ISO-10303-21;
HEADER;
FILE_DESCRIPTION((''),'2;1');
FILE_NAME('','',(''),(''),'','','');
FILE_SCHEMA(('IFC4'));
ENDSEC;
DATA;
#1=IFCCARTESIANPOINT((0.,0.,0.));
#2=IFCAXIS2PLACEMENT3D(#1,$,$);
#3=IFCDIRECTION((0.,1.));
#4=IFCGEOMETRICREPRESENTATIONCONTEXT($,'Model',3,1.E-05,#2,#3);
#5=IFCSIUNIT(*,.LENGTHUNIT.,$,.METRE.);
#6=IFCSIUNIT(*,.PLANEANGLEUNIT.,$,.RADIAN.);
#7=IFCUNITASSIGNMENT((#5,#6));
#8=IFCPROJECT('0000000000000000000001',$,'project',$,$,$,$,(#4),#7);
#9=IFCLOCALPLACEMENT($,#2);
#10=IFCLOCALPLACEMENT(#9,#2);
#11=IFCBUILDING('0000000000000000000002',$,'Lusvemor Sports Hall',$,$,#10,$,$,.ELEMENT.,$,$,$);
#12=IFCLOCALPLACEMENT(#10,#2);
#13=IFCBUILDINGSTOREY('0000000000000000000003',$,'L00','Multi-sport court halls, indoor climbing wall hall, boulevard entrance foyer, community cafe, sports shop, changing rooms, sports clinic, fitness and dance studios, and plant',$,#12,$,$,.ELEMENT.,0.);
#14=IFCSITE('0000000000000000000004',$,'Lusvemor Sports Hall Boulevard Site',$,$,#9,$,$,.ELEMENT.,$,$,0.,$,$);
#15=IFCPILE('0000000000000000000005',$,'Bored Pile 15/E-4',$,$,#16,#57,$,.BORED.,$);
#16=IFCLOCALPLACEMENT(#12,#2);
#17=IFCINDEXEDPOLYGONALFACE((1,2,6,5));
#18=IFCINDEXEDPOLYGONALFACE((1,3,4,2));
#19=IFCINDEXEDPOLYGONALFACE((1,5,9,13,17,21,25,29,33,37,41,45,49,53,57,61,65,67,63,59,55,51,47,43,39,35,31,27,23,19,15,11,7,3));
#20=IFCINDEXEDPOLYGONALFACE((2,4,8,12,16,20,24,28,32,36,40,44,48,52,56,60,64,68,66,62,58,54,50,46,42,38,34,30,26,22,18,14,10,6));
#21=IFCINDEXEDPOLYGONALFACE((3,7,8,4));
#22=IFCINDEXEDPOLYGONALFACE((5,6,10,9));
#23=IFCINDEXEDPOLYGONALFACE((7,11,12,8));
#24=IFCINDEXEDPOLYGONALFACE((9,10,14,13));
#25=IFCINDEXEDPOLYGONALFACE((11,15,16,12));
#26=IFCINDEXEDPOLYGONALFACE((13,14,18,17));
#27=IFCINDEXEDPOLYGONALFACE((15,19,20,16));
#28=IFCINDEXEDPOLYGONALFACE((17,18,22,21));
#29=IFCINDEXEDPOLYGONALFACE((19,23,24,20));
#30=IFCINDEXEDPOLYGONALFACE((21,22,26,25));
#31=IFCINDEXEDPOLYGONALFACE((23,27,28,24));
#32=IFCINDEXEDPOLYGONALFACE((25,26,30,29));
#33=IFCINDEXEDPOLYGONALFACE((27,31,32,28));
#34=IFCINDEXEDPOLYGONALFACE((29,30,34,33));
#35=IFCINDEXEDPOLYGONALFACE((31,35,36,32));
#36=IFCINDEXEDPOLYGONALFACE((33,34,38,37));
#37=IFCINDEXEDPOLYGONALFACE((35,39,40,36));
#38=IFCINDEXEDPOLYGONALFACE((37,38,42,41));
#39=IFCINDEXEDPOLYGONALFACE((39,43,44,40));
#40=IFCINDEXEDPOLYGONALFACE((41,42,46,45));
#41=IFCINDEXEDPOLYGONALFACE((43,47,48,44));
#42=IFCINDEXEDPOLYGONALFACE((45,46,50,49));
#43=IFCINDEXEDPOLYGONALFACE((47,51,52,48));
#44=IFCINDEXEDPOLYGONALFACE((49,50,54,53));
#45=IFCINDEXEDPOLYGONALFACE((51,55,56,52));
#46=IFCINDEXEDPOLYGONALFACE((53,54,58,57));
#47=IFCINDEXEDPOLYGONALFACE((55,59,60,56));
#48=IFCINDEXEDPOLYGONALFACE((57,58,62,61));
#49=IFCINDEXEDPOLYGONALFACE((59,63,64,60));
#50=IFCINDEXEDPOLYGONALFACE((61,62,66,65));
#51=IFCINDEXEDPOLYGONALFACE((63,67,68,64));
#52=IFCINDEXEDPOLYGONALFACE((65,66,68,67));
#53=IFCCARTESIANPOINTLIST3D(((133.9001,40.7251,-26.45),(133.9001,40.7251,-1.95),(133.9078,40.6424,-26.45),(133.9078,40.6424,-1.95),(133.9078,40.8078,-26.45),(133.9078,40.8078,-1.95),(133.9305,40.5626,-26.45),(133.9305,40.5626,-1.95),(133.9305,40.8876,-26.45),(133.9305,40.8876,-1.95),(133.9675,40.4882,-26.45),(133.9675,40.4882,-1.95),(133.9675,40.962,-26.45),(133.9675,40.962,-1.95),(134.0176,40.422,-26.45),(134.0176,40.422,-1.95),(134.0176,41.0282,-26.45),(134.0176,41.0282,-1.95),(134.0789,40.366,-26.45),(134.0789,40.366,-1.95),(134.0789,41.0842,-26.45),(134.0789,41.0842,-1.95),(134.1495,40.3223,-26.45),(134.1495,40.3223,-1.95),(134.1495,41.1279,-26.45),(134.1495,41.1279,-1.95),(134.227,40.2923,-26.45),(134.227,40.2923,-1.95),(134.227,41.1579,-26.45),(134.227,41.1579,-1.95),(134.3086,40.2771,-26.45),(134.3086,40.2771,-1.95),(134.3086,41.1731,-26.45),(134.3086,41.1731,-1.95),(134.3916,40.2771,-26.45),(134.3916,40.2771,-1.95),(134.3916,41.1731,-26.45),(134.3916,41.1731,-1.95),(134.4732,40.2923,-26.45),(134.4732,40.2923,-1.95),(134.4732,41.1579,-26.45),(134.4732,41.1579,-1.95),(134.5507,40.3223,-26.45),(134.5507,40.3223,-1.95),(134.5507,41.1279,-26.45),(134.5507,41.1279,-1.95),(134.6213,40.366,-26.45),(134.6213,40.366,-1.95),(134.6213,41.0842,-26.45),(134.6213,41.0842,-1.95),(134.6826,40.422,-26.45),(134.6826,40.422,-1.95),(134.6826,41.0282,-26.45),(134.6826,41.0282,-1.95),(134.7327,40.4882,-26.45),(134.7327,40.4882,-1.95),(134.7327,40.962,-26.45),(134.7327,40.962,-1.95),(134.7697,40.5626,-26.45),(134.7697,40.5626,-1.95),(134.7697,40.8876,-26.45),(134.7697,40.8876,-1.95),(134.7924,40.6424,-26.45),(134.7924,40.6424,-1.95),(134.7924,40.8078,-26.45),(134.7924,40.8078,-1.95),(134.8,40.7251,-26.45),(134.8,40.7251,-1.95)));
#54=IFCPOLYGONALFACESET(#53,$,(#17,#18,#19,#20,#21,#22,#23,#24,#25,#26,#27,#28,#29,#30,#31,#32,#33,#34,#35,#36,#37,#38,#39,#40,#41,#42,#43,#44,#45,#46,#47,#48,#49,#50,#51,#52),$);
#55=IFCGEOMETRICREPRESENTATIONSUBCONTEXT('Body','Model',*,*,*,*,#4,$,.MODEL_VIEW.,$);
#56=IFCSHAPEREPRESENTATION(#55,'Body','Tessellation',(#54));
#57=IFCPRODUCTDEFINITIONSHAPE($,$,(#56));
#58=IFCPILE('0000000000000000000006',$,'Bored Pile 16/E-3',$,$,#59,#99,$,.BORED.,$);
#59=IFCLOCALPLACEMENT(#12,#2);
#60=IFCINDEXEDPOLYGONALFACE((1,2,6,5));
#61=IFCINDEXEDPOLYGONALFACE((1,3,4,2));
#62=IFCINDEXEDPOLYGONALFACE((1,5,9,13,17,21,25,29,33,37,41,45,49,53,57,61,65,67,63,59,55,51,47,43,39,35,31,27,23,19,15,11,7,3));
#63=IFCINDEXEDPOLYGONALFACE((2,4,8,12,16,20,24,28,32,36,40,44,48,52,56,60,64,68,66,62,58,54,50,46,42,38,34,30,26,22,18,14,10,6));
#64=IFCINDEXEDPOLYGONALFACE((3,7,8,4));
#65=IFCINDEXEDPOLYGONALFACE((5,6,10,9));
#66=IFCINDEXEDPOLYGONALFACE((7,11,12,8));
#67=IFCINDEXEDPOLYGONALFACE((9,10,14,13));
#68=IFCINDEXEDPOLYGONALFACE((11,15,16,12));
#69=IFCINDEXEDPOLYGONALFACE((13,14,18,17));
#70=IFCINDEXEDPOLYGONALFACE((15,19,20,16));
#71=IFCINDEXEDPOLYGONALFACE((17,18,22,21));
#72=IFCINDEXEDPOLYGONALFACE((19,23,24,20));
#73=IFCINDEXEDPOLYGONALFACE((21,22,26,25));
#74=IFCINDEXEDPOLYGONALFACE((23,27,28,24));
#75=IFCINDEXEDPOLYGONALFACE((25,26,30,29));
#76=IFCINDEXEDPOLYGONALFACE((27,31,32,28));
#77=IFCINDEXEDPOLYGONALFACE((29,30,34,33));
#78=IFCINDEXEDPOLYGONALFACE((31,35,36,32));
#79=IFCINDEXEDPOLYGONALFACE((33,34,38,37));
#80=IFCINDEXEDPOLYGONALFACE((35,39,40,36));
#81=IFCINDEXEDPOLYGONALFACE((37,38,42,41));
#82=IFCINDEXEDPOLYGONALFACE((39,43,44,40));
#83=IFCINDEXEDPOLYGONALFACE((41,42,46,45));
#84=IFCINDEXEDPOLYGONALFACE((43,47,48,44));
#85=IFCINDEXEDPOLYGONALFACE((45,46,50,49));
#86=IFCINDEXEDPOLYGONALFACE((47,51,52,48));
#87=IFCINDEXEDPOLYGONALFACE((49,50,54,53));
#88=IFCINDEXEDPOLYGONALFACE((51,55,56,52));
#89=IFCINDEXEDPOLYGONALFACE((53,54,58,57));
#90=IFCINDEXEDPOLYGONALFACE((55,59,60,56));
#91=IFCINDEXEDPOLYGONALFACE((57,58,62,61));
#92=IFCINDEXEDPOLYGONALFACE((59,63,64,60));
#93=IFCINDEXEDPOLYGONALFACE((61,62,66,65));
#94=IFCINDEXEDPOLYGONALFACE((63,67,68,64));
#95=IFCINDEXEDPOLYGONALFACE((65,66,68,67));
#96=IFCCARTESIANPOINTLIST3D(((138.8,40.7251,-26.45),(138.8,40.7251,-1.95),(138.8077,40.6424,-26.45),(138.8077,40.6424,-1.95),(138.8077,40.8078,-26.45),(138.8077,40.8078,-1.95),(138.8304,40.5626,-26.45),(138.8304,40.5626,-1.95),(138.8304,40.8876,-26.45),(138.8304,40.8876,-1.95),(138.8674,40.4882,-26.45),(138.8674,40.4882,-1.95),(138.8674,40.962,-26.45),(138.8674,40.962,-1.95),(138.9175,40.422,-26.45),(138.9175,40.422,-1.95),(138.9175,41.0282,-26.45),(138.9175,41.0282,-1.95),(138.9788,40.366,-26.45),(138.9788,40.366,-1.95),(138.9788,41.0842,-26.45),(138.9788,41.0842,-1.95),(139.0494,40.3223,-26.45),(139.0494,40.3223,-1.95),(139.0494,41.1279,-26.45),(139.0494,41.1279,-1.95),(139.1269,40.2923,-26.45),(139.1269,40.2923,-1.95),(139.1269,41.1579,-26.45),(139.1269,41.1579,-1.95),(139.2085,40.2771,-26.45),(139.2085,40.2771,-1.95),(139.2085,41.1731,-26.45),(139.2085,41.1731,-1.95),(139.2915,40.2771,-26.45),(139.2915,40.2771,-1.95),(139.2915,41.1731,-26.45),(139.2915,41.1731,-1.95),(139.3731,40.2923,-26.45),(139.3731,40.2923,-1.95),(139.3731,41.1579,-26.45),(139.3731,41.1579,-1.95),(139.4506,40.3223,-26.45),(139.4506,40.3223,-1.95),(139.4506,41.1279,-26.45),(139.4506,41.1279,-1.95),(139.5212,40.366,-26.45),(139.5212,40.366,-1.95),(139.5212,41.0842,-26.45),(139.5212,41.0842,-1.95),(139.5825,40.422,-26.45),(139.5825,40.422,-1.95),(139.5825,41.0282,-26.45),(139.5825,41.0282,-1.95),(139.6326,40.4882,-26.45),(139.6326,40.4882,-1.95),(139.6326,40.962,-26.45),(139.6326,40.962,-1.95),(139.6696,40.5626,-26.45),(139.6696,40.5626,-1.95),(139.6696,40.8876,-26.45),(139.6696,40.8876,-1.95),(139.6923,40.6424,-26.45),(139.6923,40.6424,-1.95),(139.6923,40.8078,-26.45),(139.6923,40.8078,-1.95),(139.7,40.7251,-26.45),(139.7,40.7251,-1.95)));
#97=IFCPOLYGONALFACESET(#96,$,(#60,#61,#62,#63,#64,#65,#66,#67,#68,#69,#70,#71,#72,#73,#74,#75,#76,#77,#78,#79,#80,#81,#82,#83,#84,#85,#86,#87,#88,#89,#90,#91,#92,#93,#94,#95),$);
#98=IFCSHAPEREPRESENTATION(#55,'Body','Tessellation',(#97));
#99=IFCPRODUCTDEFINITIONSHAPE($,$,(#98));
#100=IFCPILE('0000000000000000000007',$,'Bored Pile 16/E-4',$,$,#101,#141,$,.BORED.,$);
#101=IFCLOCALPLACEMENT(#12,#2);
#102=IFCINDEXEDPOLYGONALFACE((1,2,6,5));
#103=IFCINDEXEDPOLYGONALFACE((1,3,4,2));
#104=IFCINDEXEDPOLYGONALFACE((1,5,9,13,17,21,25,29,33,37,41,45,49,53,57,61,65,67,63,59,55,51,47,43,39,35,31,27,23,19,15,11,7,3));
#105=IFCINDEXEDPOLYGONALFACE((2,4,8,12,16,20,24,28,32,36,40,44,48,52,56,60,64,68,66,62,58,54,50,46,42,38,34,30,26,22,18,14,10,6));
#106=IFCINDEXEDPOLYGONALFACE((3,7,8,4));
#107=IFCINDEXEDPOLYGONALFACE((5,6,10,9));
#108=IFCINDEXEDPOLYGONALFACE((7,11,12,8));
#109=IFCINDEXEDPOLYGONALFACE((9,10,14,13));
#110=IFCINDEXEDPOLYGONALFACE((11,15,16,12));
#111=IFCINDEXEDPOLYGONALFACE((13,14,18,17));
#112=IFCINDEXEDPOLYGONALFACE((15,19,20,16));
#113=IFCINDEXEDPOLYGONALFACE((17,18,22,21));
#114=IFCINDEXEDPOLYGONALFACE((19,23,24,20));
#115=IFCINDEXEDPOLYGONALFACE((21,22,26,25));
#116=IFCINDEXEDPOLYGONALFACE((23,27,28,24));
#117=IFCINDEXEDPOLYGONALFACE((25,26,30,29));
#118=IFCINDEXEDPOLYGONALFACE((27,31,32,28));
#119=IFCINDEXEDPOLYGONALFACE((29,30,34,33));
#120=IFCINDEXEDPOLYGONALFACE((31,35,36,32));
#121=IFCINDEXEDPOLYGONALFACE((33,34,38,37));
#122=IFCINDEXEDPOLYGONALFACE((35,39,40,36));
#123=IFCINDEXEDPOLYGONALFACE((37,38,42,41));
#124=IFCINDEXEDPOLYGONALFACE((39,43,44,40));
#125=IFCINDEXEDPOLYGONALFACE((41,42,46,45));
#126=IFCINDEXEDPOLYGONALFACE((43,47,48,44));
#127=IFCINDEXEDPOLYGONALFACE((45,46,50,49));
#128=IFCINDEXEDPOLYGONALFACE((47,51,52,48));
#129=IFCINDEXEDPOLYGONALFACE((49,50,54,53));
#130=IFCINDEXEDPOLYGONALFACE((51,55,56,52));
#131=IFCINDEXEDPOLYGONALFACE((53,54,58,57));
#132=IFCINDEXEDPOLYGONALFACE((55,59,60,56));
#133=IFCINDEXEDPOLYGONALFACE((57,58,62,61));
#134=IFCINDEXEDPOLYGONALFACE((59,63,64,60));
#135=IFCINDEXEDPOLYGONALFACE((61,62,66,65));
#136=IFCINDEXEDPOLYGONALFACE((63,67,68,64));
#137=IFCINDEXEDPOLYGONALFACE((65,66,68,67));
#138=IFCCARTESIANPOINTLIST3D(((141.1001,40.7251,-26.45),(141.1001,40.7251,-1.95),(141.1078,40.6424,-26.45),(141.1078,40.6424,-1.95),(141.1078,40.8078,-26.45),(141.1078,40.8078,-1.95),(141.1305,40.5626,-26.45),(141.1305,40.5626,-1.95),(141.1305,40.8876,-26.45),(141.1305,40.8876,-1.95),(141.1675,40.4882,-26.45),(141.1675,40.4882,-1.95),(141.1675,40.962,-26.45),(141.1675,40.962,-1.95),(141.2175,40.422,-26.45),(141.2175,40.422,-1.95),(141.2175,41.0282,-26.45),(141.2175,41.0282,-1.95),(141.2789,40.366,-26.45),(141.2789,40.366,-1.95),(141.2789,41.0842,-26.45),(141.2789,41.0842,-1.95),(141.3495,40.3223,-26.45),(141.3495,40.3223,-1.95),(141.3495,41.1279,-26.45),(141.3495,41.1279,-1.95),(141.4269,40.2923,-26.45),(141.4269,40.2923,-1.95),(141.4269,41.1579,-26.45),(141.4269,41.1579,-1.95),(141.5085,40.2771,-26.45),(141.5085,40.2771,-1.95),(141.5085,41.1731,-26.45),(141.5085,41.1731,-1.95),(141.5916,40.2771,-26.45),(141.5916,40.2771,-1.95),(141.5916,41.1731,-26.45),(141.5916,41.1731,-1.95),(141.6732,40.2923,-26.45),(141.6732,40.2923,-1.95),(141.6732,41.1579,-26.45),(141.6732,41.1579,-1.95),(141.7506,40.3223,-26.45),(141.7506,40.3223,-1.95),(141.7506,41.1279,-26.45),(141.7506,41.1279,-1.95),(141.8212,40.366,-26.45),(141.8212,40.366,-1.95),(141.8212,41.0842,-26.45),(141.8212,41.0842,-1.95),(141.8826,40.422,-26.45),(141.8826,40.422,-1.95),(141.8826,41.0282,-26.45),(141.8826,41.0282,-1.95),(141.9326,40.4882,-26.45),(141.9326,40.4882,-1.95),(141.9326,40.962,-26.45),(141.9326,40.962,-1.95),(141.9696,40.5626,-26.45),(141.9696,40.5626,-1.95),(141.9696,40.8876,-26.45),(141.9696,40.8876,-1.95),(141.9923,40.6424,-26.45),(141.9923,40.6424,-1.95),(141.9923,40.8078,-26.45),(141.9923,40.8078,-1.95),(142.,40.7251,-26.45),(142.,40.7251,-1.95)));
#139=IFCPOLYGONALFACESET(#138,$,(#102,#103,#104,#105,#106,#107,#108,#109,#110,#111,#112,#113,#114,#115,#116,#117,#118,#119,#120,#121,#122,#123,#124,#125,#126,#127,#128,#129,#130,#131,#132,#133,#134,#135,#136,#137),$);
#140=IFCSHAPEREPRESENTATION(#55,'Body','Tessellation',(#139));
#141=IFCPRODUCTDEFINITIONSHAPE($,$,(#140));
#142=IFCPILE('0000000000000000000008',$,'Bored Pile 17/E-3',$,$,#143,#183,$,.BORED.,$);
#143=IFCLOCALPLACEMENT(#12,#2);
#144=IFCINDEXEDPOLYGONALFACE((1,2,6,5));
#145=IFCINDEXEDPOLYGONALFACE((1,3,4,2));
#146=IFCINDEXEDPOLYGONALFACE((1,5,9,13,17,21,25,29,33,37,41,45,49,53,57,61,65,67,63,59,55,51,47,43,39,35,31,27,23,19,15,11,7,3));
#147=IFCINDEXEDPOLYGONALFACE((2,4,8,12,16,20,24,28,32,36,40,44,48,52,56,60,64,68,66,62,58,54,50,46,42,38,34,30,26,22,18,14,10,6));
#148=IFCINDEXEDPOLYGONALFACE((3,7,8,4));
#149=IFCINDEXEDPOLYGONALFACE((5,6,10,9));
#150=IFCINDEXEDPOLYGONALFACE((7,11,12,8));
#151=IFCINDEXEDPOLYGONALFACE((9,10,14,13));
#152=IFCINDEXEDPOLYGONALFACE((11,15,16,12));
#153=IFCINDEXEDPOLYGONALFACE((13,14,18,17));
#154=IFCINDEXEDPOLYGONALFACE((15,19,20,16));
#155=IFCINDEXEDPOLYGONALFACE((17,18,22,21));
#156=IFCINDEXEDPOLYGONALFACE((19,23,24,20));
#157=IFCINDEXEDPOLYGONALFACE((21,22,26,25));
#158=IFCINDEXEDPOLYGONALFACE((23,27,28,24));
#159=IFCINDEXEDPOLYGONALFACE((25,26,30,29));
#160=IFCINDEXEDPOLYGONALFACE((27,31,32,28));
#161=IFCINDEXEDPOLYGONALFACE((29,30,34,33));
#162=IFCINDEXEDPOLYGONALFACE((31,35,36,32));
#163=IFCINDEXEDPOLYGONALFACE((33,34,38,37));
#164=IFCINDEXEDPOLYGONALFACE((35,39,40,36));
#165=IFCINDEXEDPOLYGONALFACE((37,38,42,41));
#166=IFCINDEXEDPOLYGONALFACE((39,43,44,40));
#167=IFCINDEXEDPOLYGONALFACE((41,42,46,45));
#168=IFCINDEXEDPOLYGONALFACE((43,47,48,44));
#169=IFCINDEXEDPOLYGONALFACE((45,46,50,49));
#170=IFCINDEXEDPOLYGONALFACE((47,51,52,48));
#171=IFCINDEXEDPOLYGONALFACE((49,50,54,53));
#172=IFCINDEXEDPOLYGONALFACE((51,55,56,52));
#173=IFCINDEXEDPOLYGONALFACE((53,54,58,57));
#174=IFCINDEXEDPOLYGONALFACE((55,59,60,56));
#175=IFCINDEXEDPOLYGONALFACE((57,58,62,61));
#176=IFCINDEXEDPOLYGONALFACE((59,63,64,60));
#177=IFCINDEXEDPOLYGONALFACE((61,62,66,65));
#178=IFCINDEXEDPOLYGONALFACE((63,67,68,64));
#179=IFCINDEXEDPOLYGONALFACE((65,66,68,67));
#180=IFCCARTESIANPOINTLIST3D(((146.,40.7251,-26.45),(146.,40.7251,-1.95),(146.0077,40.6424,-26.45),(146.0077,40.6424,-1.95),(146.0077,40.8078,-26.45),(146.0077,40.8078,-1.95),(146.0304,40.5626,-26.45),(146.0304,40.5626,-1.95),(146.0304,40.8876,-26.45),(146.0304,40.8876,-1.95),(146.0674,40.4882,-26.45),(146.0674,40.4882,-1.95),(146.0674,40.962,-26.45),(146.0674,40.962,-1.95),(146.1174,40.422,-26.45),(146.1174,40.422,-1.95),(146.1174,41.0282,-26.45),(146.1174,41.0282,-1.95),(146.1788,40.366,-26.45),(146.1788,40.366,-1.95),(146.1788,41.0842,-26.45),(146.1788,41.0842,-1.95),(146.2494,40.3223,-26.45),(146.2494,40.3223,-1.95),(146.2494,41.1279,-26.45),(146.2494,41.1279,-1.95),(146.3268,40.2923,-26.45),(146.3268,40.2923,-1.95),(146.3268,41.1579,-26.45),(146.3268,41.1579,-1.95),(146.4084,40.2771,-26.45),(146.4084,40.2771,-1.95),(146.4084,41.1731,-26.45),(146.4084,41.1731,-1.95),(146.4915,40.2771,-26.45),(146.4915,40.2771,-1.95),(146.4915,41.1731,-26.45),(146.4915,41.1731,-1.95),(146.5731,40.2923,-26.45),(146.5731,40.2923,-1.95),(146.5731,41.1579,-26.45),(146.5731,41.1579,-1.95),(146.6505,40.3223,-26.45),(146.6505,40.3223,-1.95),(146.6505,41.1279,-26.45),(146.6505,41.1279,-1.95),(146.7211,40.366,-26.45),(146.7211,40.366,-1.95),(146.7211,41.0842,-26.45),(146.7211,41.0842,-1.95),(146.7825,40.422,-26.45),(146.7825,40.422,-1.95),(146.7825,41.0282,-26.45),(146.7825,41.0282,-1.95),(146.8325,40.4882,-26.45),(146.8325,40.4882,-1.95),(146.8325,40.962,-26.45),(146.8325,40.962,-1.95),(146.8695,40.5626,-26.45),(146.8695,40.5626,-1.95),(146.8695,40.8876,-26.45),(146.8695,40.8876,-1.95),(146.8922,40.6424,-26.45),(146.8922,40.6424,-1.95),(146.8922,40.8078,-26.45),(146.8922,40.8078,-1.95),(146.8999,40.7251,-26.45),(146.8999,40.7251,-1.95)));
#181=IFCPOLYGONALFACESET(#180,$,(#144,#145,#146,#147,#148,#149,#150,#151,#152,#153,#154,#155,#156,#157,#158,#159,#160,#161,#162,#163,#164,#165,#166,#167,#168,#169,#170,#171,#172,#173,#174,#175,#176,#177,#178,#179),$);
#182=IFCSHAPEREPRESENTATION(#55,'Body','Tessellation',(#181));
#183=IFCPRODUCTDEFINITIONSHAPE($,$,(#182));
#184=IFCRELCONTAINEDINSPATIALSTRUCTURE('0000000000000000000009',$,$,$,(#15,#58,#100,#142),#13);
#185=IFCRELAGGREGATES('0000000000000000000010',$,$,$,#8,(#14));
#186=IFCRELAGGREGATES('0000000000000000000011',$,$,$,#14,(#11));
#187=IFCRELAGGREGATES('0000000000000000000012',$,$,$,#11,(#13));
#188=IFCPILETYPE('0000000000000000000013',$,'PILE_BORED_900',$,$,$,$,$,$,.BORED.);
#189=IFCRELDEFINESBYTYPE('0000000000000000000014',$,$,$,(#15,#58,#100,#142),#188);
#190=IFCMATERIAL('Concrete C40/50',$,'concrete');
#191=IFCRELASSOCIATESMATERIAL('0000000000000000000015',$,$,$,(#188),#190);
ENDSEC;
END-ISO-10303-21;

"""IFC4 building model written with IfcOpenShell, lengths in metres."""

from ifc_helpers import new_model, si_unit, direction, frame, origin, origin_2d, place, context, subcontext, project, spatial, circle, extrude, material, material_profile, profile_set, type_object, element, save


model = new_model("IFC4")

# Units and contexts
model_context = context("Model", 3, precision=1e-05, world=origin(), true_north=direction((0.0, 1.0)))
body_context = subcontext(model_context, "Body", "Model", "MODEL_VIEW")
ifc_project = project(units=[si_unit("LENGTHUNIT", "METRE"), si_unit("PLANEANGLEUNIT", "RADIAN")], contexts=[model_context])

# Site, building, storey
site_placement = place(None, origin())
site = spatial("IfcSite", under=ifc_project, at=site_placement, Name="Lusvemor Sports Hall Boulevard Site", CompositionType="ELEMENT", RefElevation=0.0)
building_placement = place(site_placement, origin())
building = spatial("IfcBuilding", under=site, at=building_placement, Name="Lusvemor Sports Hall", CompositionType="ELEMENT")
storey_placement = place(building_placement, origin())
storey = spatial("IfcBuildingStorey", under=building, at=storey_placement, Name="L00", Description="Multi-sport court halls, indoor climbing wall hall, boulevard entrance foyer, community cafe, sports shop, changing rooms, sports clinic, fitness and dance studios, and plant", CompositionType="ELEMENT", Elevation=0.0)

# Piles
ifc_material_1 = material(Name="Concrete C40/50", Category="concrete")
ifc_material_profile_1 = material_profile(ifc_material_1, circle(Radius=0.45, at=origin_2d()), Name="PILE900")
ifc_profile_set_1 = profile_set([ifc_material_profile_1], Name="Concrete C40/50")
pile_type_1 = type_object("IfcPileType", Name="PILE_BORED_900", PredefinedType="BORED", material=ifc_profile_set_1)
for number, where, z_axis, x_axis, name in (
    (1, (134.3501, 40.7251, -1.95), (0.0, 0.0, -1.0), (1.0, 0.0, 0.0), "Bored Pile 15/E-4"),
    (2, (139.25, 40.7251, -1.95), (0.0, 0.0, -1.0), (1.0, 0.0, 0.0), "Bored Pile 16/E-3"),
    (3, (141.55, 40.7251, -1.95), (0.0, 0.0, -1.0), (1.0, 0.0, 0.0), "Bored Pile 16/E-4"),
    (4, (146.45, 40.7251, -1.95), (0.0, 0.0, -1.0), (1.0, 0.0, 0.0), "Bored Pile 17/E-3"),
):
    element("IfcPile", number, at=place(storey_placement, frame(where, z_axis=z_axis, x_axis=x_axis)), inside=storey, type_object=pile_type_1, Name=name, PredefinedType="BORED", context=body_context, shape_type="SweptSolid", body=[
        extrude(circle(Radius=0.45, at=origin_2d()), origin(), (0.0, 0.0, 1.0), 24.5),
    ])

save(model, "model.ifc")
